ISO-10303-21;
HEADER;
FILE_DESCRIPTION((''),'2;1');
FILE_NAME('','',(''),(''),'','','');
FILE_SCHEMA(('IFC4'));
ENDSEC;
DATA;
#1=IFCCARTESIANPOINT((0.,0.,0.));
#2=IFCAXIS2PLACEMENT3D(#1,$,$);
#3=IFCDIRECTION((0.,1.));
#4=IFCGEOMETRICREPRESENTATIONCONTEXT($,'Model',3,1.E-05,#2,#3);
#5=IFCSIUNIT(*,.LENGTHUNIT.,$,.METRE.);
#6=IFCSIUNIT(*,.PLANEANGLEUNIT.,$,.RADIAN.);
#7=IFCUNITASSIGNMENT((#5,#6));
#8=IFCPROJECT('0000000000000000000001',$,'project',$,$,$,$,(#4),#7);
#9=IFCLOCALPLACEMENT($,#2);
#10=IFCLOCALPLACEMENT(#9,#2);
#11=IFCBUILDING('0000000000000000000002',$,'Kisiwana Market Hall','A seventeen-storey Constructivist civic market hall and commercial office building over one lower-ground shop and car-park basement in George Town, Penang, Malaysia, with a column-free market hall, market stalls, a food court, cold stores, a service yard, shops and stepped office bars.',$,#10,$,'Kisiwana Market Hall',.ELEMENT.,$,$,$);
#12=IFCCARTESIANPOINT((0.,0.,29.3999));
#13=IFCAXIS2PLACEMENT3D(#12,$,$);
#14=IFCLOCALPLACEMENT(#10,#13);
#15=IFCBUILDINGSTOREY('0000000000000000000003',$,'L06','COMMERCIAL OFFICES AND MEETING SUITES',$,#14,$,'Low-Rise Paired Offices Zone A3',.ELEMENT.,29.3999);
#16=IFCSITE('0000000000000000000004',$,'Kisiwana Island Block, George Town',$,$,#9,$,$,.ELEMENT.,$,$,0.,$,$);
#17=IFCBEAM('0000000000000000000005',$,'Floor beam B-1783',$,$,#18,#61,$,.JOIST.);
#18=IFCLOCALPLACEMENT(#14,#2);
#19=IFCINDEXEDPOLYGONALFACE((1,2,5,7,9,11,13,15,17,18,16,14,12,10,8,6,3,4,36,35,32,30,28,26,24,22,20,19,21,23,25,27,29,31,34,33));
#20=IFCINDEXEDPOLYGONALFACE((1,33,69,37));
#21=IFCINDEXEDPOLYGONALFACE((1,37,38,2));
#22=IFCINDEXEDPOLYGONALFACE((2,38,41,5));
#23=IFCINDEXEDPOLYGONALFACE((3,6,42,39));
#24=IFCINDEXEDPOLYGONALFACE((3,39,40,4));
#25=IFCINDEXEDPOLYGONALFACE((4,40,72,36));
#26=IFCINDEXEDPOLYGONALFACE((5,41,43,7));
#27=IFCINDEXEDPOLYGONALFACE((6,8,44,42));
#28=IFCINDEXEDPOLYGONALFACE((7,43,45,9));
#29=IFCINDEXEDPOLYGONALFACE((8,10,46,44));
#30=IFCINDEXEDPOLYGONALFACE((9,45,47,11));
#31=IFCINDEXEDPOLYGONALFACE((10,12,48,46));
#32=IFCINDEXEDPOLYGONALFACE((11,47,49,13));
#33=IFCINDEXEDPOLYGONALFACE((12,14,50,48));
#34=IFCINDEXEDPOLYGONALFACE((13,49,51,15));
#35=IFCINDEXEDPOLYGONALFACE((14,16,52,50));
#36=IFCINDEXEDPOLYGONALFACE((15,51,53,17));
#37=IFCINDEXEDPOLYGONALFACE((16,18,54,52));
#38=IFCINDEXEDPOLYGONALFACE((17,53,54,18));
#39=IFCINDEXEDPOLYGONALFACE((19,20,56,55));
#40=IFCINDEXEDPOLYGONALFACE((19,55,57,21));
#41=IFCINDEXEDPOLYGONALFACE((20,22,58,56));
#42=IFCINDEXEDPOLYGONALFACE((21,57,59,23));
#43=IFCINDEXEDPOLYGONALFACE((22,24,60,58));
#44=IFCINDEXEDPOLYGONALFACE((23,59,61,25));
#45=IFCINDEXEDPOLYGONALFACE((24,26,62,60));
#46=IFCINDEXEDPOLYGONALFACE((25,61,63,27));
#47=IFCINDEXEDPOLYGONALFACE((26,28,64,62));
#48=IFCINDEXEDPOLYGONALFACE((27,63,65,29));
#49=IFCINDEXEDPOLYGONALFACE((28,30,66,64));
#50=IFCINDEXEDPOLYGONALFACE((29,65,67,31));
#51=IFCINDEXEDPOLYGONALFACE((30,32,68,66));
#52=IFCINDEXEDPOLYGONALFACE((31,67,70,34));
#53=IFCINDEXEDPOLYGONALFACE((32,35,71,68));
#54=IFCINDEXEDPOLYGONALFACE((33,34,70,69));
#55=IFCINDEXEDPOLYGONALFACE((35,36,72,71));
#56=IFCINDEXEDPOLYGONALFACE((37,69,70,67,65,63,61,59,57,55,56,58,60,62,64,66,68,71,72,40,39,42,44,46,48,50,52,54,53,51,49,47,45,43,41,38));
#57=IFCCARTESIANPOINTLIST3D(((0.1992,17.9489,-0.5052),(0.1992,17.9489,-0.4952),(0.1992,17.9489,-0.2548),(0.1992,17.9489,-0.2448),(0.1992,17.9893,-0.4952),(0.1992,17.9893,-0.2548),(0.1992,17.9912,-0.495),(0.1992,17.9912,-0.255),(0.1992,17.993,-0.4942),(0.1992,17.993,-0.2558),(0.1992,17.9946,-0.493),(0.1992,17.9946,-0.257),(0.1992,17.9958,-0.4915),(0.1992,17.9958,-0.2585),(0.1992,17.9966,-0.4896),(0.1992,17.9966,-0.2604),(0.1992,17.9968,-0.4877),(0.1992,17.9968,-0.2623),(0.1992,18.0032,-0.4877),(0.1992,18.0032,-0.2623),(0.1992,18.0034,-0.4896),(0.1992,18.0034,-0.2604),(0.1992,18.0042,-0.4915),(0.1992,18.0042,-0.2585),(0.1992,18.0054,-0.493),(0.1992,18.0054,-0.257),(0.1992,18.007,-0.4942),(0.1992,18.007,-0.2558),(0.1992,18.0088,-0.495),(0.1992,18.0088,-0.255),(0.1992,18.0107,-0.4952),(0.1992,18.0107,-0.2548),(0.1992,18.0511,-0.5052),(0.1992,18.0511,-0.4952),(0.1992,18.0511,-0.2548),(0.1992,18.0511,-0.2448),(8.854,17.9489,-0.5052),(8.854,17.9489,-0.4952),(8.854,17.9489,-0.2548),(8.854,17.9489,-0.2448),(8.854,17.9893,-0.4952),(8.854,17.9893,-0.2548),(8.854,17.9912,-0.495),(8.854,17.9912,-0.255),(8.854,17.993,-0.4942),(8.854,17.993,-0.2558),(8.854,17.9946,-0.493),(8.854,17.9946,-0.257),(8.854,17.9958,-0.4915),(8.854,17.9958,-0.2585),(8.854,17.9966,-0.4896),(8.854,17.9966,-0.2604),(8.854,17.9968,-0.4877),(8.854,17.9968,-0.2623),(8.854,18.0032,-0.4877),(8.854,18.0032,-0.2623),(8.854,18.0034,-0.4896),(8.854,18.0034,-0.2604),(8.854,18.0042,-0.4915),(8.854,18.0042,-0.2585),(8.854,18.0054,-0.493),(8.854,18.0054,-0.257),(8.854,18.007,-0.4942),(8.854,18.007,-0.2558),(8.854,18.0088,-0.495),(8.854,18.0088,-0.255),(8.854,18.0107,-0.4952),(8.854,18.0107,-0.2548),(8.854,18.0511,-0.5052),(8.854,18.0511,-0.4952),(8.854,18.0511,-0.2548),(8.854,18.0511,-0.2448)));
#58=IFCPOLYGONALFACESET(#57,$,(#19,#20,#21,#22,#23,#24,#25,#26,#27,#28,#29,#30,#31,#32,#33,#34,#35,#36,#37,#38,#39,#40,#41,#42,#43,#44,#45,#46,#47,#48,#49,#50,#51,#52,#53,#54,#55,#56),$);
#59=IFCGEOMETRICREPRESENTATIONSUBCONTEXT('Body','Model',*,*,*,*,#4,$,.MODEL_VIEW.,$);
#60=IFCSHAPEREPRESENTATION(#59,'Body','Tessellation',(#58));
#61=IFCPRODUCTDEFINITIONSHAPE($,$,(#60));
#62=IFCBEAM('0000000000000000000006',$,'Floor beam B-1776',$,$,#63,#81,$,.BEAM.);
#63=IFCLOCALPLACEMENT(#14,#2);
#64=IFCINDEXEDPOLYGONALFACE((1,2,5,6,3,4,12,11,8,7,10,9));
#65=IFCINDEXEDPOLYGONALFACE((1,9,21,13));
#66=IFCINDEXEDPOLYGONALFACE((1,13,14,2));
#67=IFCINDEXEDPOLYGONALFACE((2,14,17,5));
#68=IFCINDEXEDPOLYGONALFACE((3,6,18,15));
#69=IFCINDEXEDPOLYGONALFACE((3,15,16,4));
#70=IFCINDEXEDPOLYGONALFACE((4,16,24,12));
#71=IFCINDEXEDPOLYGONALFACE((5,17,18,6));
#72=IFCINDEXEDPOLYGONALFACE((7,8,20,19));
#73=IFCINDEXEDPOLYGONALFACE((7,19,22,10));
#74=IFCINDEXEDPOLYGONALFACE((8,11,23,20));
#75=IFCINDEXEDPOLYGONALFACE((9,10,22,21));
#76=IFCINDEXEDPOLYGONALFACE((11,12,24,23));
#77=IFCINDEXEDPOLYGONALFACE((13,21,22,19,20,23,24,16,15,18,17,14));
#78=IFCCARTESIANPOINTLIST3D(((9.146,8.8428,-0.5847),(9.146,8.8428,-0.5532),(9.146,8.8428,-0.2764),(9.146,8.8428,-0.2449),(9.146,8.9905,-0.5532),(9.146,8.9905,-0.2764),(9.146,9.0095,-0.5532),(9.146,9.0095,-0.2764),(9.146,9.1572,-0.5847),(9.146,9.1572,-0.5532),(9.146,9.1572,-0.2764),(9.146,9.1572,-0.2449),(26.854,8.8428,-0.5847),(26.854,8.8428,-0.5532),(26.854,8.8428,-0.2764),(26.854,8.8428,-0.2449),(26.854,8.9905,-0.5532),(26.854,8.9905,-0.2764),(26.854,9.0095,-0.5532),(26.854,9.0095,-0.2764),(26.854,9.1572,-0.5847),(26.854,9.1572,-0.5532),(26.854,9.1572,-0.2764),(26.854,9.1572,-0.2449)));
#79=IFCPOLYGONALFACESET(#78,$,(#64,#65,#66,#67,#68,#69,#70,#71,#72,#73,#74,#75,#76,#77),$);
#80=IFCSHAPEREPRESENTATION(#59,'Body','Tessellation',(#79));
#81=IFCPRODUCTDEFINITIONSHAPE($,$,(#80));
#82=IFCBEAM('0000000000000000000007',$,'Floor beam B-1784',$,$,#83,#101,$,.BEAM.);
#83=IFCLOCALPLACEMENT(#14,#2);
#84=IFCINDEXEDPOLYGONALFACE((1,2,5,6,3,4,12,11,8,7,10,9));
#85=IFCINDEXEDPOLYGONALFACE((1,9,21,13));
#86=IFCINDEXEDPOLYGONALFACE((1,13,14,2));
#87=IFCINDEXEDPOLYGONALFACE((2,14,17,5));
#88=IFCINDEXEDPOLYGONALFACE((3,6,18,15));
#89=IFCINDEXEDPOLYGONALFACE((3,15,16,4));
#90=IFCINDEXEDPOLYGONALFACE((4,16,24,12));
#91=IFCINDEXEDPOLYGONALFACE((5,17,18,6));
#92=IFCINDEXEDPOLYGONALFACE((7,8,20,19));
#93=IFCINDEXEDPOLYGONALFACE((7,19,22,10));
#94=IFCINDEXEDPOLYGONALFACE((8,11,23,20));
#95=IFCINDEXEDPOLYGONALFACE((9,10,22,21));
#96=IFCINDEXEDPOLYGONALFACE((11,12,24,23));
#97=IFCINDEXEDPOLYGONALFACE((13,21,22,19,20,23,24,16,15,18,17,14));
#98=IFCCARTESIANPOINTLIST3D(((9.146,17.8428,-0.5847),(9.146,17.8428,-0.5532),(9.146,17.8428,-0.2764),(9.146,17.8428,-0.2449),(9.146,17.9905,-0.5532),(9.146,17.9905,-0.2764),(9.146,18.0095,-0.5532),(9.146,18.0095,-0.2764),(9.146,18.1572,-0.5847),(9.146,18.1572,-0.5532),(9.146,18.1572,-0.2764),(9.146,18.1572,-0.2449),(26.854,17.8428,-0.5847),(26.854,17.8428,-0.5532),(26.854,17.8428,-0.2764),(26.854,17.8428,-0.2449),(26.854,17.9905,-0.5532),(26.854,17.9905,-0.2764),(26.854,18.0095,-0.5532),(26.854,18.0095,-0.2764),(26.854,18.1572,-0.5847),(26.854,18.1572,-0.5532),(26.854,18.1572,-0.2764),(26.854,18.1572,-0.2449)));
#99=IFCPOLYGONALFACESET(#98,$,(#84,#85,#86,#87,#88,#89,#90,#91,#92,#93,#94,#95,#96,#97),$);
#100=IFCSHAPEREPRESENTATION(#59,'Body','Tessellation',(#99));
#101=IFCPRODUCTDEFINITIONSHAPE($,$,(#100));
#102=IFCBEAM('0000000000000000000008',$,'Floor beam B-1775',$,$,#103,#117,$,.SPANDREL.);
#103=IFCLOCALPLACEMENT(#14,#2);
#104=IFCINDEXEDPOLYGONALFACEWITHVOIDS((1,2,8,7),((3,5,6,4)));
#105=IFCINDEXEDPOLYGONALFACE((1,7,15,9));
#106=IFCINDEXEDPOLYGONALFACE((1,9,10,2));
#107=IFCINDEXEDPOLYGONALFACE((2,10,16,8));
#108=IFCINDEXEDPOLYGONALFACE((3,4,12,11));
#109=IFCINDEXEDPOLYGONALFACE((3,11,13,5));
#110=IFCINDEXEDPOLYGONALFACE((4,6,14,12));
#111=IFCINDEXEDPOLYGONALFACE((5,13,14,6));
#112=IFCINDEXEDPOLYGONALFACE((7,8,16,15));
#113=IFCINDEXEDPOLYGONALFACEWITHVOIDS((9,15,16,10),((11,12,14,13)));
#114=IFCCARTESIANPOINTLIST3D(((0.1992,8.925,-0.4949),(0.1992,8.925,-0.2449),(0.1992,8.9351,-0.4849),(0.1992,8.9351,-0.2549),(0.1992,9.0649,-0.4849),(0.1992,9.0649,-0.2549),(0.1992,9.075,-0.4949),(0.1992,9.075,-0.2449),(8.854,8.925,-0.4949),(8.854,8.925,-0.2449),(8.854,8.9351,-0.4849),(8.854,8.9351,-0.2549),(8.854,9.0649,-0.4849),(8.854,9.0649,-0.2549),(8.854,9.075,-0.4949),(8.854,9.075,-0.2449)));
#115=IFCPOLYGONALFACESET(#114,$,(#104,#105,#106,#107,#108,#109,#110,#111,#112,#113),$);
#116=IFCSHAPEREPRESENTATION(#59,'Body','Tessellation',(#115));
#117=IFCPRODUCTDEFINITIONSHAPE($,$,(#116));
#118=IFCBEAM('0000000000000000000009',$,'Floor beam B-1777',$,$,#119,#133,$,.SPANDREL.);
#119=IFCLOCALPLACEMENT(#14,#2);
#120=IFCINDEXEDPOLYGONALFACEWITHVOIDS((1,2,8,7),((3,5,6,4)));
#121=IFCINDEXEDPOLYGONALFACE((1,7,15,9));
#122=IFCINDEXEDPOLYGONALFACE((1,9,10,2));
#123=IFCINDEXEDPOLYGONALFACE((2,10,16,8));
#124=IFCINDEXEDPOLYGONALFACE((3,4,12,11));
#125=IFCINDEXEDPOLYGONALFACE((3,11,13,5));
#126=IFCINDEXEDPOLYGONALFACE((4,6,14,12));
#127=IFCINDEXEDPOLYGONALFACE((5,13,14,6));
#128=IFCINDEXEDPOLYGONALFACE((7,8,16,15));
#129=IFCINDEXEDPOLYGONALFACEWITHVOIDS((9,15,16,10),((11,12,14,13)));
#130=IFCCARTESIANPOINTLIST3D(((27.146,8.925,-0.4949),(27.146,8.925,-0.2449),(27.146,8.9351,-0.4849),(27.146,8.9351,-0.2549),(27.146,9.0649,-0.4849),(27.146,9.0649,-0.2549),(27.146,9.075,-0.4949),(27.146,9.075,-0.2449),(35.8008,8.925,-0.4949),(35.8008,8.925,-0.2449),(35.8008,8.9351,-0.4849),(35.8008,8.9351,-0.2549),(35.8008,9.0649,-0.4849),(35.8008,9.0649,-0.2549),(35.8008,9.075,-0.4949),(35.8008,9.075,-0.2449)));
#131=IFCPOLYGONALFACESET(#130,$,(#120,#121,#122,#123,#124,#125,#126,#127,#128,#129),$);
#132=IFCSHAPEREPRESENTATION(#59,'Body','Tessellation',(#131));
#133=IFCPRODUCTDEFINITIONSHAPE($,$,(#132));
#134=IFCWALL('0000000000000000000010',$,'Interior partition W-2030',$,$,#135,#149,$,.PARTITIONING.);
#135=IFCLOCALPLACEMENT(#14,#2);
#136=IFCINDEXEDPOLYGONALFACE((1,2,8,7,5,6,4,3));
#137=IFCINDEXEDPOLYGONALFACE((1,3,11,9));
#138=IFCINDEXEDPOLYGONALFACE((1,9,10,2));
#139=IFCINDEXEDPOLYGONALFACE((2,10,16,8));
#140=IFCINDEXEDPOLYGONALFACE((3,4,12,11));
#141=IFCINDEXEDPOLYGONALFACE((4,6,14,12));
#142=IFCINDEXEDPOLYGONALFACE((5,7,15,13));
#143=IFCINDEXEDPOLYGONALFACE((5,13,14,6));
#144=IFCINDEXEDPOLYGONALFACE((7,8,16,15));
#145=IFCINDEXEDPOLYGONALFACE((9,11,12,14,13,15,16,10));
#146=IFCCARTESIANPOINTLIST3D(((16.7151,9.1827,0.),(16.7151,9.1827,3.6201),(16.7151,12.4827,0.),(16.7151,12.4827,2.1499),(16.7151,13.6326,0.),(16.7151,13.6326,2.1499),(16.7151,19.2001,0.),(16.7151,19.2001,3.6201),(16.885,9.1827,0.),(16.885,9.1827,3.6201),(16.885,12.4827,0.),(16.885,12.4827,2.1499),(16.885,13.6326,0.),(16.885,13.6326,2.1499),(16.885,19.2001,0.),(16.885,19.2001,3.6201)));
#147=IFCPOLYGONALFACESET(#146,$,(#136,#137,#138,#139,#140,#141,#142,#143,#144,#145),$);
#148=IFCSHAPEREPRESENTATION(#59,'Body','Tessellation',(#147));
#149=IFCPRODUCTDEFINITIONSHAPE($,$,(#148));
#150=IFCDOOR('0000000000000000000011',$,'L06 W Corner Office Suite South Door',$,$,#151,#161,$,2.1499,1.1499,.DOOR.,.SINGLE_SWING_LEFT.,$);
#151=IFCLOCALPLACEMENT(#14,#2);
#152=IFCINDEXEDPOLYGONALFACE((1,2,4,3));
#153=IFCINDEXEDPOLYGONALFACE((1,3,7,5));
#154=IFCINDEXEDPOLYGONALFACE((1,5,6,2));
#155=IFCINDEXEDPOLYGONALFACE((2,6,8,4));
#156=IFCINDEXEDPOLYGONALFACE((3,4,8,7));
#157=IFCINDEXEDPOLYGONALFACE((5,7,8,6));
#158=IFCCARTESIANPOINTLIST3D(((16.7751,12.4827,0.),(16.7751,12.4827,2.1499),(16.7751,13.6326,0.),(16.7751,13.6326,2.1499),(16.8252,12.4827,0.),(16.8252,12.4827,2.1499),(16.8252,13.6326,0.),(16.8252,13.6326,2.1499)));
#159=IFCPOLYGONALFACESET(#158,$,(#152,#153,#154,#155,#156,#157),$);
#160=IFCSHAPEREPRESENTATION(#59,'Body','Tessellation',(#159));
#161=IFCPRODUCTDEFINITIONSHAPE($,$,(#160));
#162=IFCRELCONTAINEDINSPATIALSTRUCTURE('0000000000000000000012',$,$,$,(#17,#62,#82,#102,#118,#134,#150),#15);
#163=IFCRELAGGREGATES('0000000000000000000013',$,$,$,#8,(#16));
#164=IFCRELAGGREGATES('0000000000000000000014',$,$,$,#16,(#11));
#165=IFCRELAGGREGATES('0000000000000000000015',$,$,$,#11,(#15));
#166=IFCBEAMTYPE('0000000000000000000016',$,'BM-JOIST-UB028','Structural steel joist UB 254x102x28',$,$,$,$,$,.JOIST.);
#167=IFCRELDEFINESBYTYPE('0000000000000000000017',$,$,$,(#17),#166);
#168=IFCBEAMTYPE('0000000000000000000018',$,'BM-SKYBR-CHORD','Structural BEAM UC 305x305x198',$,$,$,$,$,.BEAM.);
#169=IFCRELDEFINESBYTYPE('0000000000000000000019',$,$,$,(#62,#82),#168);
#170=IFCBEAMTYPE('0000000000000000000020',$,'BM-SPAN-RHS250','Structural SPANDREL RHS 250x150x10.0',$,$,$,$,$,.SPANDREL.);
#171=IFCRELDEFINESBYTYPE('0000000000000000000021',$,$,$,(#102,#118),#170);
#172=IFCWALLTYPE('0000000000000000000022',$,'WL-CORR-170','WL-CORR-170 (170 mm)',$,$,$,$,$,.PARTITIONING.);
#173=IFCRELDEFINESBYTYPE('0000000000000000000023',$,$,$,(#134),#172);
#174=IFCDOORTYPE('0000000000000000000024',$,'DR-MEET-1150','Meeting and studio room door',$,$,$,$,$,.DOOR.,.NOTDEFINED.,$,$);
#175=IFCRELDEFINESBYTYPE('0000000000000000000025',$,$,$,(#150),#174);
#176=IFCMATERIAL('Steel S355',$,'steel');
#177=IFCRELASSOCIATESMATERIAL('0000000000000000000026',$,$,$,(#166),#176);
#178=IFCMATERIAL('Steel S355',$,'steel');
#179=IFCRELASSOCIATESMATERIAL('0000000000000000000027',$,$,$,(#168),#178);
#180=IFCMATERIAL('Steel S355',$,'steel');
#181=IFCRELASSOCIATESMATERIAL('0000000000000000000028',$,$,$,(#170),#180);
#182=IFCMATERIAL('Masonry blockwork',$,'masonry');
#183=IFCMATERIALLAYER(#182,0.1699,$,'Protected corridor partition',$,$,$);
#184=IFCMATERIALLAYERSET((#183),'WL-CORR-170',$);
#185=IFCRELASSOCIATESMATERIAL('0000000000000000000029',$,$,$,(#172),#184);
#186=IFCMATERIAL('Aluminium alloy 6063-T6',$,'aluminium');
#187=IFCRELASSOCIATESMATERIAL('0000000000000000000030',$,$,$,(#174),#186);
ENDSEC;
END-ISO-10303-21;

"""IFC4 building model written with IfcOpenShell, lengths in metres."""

from ifc_helpers import new_model, si_unit, direction, frame, frame_2d, origin, origin_2d, place, context, subcontext, project, spatial, rectangle, hollow_rectangle, i_section, extrude, material, layer, layer_set, material_profile, profile_set, type_object, element, fill, save


model = new_model("IFC4")

# Units and contexts
model_context = context("Model", 3, precision=1e-05, world=origin(), true_north=direction((0.0, 1.0)))
body_context = subcontext(model_context, "Body", "Model", "MODEL_VIEW")
ifc_project = project(units=[si_unit("LENGTHUNIT", "METRE"), si_unit("PLANEANGLEUNIT", "RADIAN")], contexts=[model_context])

# Site, building, storey
site_placement = place(None, origin())
site = spatial("IfcSite", under=ifc_project, at=site_placement, Name="Kisiwana Island Block, George Town", CompositionType="ELEMENT", RefElevation=0.0)
building_placement = place(site_placement, origin())
building = spatial("IfcBuilding", under=site, at=building_placement, Name="Kisiwana Market Hall", Description="A seventeen-storey Constructivist civic market hall and commercial office building over one lower-ground shop and car-park basement in George Town, Penang, Malaysia, with a column-free market hall, market stalls, a food court, cold stores, a service yard, shops and stepped office bars.", LongName="Kisiwana Market Hall", CompositionType="ELEMENT")
storey_placement = place(building_placement, frame((0.0, 0.0, 29.3999)))
storey = spatial("IfcBuildingStorey", under=building, at=storey_placement, Name="L06", Description="COMMERCIAL OFFICES AND MEETING SUITES", LongName="Low-Rise Paired Offices Zone A3", CompositionType="ELEMENT", Elevation=29.3999)

# Beams
ifc_material_1 = material(Name="Steel S355", Category="steel")
ifc_material_profile_1 = material_profile(ifc_material_1, i_section(OverallWidth=0.1023, OverallDepth=0.2605, WebThickness=0.0063, FlangeThickness=0.01, FilletRadius=0.0076, at=origin_2d()), Name="UB 254x102x28")
ifc_profile_set_1 = profile_set([ifc_material_profile_1], Name="Steel S355")
beam_type_1 = type_object("IfcBeamType", Name="BM-JOIST-UB028", Description="Structural steel joist UB 254x102x28", PredefinedType="JOIST", material=ifc_profile_set_1)
beam_1_placement = place(storey_placement, frame((0.1992, 18.0, -0.375), z_axis=(1.0, 0.0, 0.0), x_axis=(0.0, 1.0, 0.0)))
element("IfcBeam", 1, at=beam_1_placement, inside=storey, type_object=beam_type_1, Name="Floor beam B-1783", PredefinedType="JOIST", context=body_context, shape_type="SweptSolid", body=[
    extrude(i_section(OverallWidth=0.1023, OverallDepth=0.2605, WebThickness=0.0063, FlangeThickness=0.01, FilletRadius=0.0076, at=origin_2d()), origin(), (0.0, 0.0, 1.0), 8.6548),
])
ifc_material_2 = material(Name="Steel S355", Category="steel")
ifc_material_profile_2 = material_profile(ifc_material_2, i_section(OverallWidth=0.3145, OverallDepth=0.3398, WebThickness=0.019, FlangeThickness=0.0315, at=origin_2d()), Name="UC 305x305x198")
ifc_profile_set_2 = profile_set([ifc_material_profile_2], Name="Steel S355")
beam_type_2 = type_object("IfcBeamType", Name="BM-SKYBR-CHORD", Description="Structural BEAM UC 305x305x198", PredefinedType="BEAM", material=ifc_profile_set_2)
for number, where, z_axis, x_axis, name in (
    (2, (9.146, 9.0, -0.4148), (1.0, 0.0, 0.0), (0.0, 1.0, 0.0), "Floor beam B-1776"),
    (3, (9.146, 18.0, -0.4148), (1.0, 0.0, 0.0), (0.0, 1.0, 0.0), "Floor beam B-1784"),
):
    element("IfcBeam", number, at=place(storey_placement, frame(where, z_axis=z_axis, x_axis=x_axis)), inside=storey, type_object=beam_type_2, Name=name, PredefinedType="BEAM", context=body_context, shape_type="SweptSolid", body=[
        extrude(i_section(OverallWidth=0.3145, OverallDepth=0.3398, WebThickness=0.019, FlangeThickness=0.0315, at=origin_2d()), origin(), (0.0, 0.0, 1.0), 17.708),
    ])
ifc_material_3 = material(Name="Steel S355", Category="steel")
ifc_material_profile_3 = material_profile(ifc_material_3, hollow_rectangle(XDim=0.1499, YDim=0.25, WallThickness=0.01, at=origin_2d()), Name="RHS 250x150x10.0")
ifc_profile_set_3 = profile_set([ifc_material_profile_3], Name="Steel S355")
beam_type_3 = type_object("IfcBeamType", Name="BM-SPAN-RHS250", Description="Structural SPANDREL RHS 250x150x10.0", PredefinedType="SPANDREL", material=ifc_profile_set_3)
for number, where, z_axis, x_axis, name in (
    (4, (0.1992, 9.0, -0.3699), (1.0, 0.0, 0.0), (0.0, 1.0, 0.0), "Floor beam B-1775"),
    (5, (27.146, 9.0, -0.3699), (1.0, 0.0, 0.0), (0.0, 1.0, 0.0), "Floor beam B-1777"),
):
    element("IfcBeam", number, at=place(storey_placement, frame(where, z_axis=z_axis, x_axis=x_axis)), inside=storey, type_object=beam_type_3, Name=name, PredefinedType="SPANDREL", context=body_context, shape_type="SweptSolid", body=[
        extrude(hollow_rectangle(XDim=0.1499, YDim=0.25, WallThickness=0.01, at=origin_2d()), origin(), (0.0, 0.0, 1.0), 8.6548),
    ])

# Wall, opening, door
ifc_material_4 = material(Name="Masonry blockwork", Category="masonry")
ifc_layer_1 = layer(ifc_material_4, 0.1699, Name="Protected corridor partition")
ifc_layer_set_1 = layer_set([ifc_layer_1], Name="WL-CORR-170")
wall_type_1 = type_object("IfcWallType", Name="WL-CORR-170", Description="WL-CORR-170 (170 mm)", PredefinedType="PARTITIONING", material=ifc_layer_set_1)
wall_1_placement = place(storey_placement, frame((16.8, 9.1826, 0.0), z_axis=(0.0, 0.0, 1.0), x_axis=(0.0, 1.0, 0.0)))
wall_1 = element("IfcWall", 6, at=wall_1_placement, inside=storey, type_object=wall_type_1, Name="Interior partition W-2030", PredefinedType="PARTITIONING", context=body_context, shape_type="SweptSolid", body=[
    extrude(rectangle(XDim=10.0173, YDim=0.1699, at=frame_2d((5.0088, 0.0))), origin(), (0.0, 0.0, 1.0), 3.6201),
])
opening_1_placement = place(wall_1_placement, frame((3.3, 0.0, 0.0)))
opening_1 = element("IfcOpeningElement", 7, at=opening_1_placement, cuts=wall_1, PredefinedType="OPENING", context=body_context, shape_type="SweptSolid", body=[
    extrude(rectangle(XDim=1.1499, YDim=2.1499, at=frame_2d((0.575, 1.075))), frame((0.0, 0.0969, 0.0), z_axis=(0.0, -1.0, 0.0), x_axis=(1.0, 0.0, 0.0)), (0.0, 0.0, 1.0), 0.1938),
])
ifc_material_5 = material(Name="Aluminium alloy 6063-T6", Category="aluminium")
door_type_1 = type_object("IfcDoorType", Name="DR-MEET-1150", Description="Meeting and studio room door", OperationType="NOTDEFINED", PredefinedType="DOOR", material=ifc_material_5)
door_1_placement = place(opening_1_placement, origin())
door_1 = element("IfcDoor", 8, at=door_1_placement, inside=storey, type_object=door_type_1, Name="L06 W Corner Office Suite South Door", OperationType="SINGLE_SWING_LEFT", OverallHeight=2.1499, OverallWidth=1.1499, PredefinedType="DOOR", context=body_context, shape_type="SweptSolid", body=[
    extrude(rectangle(XDim=1.1499, YDim=2.1499, at=frame_2d((0.575, 1.075))), frame((0.0, 0.0249, 0.0), z_axis=(0.0, -1.0, 0.0), x_axis=(1.0, 0.0, 0.0)), (0.0, 0.0, 1.0), 0.05),
])
fill(opening_1, door_1)

save(model, "model.ifc")
